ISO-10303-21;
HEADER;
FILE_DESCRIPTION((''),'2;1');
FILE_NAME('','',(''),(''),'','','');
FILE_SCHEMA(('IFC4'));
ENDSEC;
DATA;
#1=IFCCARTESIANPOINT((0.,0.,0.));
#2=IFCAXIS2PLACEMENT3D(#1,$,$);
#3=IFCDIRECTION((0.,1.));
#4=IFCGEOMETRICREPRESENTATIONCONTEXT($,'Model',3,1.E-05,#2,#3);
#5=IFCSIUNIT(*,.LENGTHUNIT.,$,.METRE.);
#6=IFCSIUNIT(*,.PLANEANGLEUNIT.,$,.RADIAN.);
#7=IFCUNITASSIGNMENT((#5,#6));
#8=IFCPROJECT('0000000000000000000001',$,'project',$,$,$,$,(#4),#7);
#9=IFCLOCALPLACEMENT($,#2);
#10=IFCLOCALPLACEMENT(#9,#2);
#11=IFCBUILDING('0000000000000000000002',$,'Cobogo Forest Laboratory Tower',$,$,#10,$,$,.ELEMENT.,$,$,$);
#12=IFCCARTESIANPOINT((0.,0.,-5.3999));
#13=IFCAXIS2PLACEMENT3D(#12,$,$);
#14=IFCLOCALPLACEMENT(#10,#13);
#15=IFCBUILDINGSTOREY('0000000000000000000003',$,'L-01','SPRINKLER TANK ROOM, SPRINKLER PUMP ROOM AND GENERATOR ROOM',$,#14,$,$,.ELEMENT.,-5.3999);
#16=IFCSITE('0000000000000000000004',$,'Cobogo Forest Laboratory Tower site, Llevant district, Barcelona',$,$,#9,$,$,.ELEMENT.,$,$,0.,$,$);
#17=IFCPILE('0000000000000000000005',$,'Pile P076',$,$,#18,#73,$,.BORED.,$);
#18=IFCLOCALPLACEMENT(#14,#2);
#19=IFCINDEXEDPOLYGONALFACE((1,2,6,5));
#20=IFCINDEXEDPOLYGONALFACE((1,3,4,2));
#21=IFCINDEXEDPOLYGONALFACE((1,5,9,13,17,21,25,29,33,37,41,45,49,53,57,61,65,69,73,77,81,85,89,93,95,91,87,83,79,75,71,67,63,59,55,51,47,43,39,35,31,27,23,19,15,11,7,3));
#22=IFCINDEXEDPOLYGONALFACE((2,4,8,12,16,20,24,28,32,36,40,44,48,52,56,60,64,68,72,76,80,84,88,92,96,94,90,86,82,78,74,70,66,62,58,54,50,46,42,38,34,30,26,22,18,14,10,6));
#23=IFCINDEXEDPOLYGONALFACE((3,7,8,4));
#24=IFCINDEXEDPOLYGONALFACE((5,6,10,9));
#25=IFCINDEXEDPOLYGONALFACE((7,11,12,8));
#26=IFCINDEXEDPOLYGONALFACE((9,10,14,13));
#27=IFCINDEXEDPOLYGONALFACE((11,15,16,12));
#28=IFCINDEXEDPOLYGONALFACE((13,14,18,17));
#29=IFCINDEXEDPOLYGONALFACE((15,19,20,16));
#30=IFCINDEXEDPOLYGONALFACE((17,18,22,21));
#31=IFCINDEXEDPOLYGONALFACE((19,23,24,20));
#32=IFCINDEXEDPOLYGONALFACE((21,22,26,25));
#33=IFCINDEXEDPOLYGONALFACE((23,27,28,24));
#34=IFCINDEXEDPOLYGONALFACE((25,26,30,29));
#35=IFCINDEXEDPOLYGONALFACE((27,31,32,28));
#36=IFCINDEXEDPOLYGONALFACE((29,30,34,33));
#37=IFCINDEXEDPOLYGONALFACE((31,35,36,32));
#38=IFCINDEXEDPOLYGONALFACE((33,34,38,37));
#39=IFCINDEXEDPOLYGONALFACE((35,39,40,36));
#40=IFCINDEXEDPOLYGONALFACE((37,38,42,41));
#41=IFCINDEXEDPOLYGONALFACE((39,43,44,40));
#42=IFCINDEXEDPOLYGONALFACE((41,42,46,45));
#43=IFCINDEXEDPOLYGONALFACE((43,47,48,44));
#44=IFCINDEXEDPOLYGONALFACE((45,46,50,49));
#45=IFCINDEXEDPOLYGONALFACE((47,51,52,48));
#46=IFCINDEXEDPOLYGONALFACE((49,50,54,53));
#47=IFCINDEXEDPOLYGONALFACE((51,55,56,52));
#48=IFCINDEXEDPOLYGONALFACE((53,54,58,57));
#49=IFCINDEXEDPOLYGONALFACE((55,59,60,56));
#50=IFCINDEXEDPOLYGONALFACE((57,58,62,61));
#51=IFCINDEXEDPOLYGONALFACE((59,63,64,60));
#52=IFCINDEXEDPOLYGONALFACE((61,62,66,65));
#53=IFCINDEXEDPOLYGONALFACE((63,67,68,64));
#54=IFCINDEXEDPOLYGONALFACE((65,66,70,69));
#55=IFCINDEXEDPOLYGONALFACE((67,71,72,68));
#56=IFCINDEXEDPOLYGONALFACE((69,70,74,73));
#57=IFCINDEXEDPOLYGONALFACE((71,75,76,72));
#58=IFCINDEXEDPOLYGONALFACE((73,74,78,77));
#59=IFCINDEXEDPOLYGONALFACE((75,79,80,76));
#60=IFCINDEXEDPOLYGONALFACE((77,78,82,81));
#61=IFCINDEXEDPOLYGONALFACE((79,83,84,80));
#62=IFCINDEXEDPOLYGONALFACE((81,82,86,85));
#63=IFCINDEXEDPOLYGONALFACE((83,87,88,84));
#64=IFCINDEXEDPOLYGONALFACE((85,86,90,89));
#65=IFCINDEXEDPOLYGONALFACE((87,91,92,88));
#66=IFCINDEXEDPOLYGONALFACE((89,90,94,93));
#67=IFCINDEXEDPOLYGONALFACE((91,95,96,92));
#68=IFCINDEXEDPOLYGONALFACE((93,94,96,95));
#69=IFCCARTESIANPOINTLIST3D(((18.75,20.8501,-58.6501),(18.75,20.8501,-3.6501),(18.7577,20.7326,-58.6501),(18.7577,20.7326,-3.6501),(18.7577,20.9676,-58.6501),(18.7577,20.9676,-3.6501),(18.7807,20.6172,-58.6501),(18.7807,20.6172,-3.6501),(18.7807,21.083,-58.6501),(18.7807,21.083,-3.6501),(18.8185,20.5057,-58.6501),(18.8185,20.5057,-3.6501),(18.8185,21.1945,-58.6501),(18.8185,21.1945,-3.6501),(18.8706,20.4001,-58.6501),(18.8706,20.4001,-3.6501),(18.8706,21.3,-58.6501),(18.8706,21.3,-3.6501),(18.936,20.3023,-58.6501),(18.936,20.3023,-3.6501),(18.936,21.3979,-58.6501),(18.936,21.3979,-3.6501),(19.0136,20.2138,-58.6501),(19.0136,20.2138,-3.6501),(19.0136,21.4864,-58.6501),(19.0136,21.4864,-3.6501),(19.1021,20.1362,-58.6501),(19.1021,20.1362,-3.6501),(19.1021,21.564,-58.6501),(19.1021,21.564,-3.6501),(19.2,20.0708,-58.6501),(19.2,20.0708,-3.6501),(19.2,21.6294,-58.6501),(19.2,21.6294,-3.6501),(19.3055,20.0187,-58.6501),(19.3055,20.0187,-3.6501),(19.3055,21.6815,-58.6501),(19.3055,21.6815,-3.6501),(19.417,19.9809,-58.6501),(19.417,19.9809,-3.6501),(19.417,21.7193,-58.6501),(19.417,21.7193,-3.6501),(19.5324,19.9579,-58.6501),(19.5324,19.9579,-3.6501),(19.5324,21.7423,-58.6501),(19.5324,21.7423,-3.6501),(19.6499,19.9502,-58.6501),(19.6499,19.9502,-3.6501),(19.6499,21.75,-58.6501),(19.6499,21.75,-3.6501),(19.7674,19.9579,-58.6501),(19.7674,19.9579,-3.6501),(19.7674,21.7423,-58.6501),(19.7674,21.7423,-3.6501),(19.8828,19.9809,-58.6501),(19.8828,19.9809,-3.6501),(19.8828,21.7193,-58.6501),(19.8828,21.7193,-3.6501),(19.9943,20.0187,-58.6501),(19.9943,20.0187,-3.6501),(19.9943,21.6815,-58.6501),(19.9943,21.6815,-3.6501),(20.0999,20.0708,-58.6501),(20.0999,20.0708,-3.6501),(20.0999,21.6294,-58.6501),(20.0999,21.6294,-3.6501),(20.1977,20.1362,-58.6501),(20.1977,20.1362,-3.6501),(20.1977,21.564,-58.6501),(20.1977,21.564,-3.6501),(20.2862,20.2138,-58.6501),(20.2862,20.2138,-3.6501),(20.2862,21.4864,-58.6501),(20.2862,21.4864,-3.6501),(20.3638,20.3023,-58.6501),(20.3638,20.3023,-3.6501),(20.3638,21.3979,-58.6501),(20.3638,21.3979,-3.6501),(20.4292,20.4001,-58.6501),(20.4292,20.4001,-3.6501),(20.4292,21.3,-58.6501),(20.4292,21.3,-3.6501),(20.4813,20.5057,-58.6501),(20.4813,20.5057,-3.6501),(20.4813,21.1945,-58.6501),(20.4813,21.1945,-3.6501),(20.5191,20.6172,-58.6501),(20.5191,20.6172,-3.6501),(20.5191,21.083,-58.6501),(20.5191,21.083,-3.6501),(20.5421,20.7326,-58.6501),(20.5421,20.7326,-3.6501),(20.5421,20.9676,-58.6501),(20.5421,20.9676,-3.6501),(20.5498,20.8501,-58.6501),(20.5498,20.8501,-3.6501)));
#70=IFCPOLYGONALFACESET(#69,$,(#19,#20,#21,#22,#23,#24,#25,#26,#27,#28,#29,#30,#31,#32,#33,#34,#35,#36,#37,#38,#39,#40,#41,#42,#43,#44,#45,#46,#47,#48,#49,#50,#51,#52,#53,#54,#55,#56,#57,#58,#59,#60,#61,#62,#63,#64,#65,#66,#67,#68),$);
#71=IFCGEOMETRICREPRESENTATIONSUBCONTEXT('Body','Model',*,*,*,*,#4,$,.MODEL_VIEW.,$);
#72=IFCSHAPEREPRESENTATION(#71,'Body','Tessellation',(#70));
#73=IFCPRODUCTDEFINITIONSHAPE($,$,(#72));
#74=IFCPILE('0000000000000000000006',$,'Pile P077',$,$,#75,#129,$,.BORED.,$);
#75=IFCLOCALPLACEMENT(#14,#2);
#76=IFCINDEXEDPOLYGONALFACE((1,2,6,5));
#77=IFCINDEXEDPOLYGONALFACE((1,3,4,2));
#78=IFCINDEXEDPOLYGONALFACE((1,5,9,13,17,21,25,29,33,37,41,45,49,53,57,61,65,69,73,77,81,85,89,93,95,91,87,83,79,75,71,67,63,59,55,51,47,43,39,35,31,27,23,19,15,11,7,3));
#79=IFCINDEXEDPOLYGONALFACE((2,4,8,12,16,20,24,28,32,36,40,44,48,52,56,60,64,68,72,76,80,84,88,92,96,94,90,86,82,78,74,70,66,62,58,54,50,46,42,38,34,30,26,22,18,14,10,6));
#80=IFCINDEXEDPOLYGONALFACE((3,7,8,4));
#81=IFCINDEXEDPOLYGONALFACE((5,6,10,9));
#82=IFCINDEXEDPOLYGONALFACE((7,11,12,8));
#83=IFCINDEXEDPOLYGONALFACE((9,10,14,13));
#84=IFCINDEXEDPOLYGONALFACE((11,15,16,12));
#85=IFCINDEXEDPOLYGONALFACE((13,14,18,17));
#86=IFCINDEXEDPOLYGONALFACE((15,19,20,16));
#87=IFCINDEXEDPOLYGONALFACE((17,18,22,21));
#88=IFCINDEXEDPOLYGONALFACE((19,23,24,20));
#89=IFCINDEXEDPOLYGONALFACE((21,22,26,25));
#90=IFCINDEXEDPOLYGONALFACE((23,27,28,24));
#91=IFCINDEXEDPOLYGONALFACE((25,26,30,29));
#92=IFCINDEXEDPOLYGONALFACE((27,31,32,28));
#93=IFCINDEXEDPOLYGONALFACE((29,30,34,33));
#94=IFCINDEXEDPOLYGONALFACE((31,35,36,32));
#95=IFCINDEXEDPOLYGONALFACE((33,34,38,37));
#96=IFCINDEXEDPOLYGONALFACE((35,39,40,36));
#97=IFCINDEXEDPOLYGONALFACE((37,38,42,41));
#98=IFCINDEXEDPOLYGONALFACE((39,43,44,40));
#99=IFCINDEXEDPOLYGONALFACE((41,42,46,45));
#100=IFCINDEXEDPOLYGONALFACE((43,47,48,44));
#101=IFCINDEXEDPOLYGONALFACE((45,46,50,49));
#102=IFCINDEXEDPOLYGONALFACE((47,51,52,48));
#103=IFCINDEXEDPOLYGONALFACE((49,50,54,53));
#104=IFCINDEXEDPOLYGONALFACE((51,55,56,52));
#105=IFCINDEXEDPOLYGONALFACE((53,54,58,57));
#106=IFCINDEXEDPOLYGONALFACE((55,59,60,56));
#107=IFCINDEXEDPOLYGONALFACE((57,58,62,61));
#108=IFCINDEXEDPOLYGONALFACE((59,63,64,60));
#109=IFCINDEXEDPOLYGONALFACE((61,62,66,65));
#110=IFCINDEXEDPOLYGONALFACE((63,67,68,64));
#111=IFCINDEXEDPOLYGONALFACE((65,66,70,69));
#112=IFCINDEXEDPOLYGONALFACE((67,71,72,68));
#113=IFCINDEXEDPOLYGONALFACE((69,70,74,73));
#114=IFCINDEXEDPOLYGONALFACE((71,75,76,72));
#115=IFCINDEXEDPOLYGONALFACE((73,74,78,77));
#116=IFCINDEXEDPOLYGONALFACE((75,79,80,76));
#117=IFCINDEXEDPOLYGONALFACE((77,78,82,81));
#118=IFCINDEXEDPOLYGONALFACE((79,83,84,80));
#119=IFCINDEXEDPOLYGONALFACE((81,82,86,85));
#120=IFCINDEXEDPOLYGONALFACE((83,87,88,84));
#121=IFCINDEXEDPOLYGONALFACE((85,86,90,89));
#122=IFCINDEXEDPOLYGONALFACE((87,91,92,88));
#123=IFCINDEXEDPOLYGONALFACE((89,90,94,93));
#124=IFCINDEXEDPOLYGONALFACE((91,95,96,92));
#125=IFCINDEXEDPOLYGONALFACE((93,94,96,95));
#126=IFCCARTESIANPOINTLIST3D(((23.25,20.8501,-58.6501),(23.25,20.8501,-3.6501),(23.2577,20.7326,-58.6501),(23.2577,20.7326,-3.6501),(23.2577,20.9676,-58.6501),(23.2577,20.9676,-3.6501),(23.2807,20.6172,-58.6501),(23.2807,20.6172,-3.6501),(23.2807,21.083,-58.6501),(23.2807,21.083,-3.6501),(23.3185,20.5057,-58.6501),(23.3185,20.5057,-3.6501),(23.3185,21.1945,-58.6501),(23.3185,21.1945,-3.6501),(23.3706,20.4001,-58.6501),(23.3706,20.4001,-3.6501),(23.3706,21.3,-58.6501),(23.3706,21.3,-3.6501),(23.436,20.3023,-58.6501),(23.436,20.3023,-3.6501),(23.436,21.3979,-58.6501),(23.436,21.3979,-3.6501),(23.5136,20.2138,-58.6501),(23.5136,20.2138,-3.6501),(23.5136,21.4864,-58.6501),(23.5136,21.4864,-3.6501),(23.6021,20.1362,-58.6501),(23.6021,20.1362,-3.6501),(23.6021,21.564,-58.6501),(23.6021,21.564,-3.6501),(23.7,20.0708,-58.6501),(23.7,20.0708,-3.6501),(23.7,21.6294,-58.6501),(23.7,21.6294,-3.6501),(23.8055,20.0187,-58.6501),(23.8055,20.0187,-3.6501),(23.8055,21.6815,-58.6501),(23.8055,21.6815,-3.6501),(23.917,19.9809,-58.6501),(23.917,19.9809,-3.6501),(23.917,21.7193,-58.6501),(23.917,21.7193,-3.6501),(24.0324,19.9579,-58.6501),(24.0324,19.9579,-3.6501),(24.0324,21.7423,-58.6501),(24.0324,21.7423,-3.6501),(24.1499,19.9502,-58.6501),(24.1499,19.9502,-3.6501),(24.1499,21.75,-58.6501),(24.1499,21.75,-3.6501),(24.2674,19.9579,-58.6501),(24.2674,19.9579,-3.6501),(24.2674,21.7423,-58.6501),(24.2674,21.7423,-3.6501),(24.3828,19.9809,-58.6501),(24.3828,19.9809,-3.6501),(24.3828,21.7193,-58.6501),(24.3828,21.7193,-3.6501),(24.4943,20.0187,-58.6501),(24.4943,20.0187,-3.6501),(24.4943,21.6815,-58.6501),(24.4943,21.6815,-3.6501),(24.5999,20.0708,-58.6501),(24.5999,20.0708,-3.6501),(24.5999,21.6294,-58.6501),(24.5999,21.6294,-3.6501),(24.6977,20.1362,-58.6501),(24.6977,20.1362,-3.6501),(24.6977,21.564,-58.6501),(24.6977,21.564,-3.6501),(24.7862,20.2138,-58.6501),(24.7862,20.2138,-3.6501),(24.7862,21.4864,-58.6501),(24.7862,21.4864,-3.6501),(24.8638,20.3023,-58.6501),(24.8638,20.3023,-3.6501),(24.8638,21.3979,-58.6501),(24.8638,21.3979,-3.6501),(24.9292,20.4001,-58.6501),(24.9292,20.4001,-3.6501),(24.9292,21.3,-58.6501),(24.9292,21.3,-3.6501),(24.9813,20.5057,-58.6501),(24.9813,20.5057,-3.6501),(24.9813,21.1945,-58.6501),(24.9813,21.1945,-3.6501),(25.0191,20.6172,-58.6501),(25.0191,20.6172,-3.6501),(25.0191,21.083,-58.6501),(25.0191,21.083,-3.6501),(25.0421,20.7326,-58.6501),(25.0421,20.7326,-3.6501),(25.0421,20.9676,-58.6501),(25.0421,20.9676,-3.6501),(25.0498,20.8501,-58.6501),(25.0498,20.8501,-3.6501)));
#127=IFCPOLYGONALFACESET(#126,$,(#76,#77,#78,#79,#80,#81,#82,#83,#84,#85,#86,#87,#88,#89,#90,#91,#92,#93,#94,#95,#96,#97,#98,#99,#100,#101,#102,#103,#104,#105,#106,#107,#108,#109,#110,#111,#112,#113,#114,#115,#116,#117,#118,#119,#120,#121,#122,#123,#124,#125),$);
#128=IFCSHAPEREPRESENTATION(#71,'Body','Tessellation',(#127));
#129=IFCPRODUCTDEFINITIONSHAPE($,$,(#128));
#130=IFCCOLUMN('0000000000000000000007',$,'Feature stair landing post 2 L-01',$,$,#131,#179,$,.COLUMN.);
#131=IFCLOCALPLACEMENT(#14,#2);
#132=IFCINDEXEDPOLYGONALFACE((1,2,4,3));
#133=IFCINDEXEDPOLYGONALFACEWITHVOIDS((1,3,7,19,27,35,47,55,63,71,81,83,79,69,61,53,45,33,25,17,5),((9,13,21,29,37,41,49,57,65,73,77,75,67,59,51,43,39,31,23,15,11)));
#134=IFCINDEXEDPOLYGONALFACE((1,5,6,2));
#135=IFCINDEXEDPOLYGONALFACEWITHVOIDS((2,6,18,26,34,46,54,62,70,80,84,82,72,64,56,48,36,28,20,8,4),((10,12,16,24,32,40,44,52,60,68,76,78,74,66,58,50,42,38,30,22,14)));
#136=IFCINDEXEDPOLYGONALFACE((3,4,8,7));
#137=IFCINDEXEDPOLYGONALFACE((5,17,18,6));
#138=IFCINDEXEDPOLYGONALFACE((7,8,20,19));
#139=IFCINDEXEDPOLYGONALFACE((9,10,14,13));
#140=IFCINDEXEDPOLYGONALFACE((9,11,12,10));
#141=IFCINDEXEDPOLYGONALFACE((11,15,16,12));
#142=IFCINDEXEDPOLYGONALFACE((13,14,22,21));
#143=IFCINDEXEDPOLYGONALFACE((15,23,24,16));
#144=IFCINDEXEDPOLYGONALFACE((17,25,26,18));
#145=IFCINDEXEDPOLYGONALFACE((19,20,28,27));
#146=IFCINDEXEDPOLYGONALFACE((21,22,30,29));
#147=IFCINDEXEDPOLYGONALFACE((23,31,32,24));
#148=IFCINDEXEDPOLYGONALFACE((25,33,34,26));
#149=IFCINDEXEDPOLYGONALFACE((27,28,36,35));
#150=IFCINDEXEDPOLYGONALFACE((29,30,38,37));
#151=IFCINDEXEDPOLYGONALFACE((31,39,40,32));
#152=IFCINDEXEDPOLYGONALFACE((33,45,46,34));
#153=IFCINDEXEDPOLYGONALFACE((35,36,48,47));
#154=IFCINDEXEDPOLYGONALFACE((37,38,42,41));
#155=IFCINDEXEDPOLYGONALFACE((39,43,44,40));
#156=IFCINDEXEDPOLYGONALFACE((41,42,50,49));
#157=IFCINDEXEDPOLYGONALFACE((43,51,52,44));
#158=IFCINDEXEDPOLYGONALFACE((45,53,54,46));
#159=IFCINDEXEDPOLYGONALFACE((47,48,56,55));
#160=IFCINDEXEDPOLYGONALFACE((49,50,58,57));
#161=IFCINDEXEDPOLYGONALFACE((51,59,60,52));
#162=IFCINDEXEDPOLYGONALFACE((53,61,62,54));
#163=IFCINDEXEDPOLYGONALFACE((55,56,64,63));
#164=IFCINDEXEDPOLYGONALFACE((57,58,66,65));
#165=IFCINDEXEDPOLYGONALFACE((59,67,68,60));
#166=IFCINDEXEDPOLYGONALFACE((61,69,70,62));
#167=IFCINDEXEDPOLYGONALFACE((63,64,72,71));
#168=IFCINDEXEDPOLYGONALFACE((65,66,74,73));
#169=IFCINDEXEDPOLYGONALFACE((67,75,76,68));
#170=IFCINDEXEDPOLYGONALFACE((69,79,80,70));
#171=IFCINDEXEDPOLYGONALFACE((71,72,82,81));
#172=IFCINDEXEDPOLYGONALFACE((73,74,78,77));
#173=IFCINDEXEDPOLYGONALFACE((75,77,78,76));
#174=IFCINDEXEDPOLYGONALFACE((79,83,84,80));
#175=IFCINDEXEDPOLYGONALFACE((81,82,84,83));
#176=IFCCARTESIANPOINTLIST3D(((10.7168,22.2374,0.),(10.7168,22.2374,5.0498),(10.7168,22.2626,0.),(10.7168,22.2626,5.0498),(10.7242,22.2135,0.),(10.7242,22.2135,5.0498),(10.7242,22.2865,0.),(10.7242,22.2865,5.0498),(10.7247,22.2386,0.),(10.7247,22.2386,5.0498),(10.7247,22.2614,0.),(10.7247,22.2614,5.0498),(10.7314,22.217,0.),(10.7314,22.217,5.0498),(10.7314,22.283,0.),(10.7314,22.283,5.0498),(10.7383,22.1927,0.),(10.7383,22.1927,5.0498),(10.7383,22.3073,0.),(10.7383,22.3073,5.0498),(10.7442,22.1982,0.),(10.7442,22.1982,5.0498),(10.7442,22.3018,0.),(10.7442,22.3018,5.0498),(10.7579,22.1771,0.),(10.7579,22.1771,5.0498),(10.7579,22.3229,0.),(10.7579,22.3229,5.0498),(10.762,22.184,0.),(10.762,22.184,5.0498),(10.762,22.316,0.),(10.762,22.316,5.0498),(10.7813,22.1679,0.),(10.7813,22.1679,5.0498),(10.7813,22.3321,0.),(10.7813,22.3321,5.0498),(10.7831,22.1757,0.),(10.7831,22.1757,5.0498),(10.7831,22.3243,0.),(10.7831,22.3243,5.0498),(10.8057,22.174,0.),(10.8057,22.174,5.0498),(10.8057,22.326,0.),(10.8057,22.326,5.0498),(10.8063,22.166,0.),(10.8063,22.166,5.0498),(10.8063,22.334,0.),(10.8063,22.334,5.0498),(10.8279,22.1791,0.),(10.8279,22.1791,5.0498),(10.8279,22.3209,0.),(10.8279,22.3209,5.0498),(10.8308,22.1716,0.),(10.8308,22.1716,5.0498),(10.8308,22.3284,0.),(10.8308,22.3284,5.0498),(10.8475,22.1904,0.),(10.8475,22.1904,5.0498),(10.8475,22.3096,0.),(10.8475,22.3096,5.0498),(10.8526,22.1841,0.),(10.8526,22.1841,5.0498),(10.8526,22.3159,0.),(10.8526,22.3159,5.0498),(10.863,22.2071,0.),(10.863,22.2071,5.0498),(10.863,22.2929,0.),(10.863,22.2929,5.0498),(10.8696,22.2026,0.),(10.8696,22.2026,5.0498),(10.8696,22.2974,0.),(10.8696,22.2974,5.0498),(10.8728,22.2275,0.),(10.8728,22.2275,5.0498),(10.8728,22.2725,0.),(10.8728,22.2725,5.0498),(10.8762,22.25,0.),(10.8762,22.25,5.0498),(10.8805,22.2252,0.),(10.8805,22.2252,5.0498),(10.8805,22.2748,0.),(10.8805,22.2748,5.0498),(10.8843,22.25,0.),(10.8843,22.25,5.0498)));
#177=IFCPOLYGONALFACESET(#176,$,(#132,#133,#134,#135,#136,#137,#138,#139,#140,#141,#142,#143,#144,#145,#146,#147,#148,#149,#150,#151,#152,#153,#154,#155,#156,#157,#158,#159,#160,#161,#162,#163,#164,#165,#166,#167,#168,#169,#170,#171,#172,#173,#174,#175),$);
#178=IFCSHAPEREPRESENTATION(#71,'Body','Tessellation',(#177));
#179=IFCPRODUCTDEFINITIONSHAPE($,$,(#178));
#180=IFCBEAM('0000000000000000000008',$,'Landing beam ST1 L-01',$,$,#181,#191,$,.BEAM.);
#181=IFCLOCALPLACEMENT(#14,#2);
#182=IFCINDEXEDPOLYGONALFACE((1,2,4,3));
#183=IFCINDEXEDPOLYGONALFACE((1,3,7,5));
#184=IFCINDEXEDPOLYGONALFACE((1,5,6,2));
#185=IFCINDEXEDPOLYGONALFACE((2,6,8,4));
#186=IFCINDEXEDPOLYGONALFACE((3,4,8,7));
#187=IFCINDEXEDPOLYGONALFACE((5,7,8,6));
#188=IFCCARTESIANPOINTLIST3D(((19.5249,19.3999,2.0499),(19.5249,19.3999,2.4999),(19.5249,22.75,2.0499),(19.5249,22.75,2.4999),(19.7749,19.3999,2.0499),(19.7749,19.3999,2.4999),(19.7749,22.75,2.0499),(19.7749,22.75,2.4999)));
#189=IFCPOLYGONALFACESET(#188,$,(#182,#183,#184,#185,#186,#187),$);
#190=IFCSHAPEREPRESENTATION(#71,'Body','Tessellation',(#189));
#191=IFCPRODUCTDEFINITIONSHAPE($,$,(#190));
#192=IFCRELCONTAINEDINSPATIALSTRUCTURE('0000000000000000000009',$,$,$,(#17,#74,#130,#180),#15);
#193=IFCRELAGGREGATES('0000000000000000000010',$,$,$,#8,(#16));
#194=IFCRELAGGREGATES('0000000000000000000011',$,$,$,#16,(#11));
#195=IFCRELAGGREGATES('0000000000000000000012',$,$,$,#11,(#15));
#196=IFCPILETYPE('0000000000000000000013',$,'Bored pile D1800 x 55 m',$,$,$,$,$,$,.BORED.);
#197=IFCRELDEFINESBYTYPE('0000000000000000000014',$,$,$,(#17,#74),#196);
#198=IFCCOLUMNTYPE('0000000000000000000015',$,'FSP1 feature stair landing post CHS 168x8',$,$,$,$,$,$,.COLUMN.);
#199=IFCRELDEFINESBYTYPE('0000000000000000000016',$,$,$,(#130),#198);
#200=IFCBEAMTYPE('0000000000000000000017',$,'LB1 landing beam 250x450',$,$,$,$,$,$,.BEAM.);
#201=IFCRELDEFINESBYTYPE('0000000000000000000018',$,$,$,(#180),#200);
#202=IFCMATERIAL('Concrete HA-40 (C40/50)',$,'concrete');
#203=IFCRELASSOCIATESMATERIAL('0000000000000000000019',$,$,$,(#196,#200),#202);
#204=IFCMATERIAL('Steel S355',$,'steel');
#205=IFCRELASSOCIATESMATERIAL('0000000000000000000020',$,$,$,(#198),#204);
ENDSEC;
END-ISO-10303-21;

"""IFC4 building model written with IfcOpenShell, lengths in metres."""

from ifc_helpers import new_model, si_unit, direction, frame, origin, origin_2d, place, context, subcontext, project, spatial, rectangle, circle, hollow_circle, extrude, material, material_profile, profile_set, type_object, element, save


model = new_model("IFC4")

# Units and contexts
model_context = context("Model", 3, precision=1e-05, world=origin(), true_north=direction((0.0, 1.0)))
body_context = subcontext(model_context, "Body", "Model", "MODEL_VIEW")
ifc_project = project(units=[si_unit("LENGTHUNIT", "METRE"), si_unit("PLANEANGLEUNIT", "RADIAN")], contexts=[model_context])

# Site, building, storey
site_placement = place(None, origin())
site = spatial("IfcSite", under=ifc_project, at=site_placement, Name="Cobogo Forest Laboratory Tower site, Llevant district, Barcelona", CompositionType="ELEMENT", RefElevation=0.0)
building_placement = place(site_placement, origin())
building = spatial("IfcBuilding", under=site, at=building_placement, Name="Cobogo Forest Laboratory Tower", CompositionType="ELEMENT")
storey_placement = place(building_placement, frame((0.0, 0.0, -5.3999)))
storey = spatial("IfcBuildingStorey", under=building, at=storey_placement, Name="L-01", Description="SPRINKLER TANK ROOM, SPRINKLER PUMP ROOM AND GENERATOR ROOM", CompositionType="ELEMENT", Elevation=-5.3999)

# Piles
ifc_material_1 = material(Name="Concrete HA-40 (C40/50)", Category="concrete")
ifc_material_profile_1 = material_profile(ifc_material_1, circle(Radius=0.8999, at=origin_2d()), Name="PILE D1800")
ifc_profile_set_1 = profile_set([ifc_material_profile_1], Name="Concrete HA-40 (C40/50)")
pile_type = type_object("IfcPileType", Name="Bored pile D1800 x 55 m", PredefinedType="BORED", material=ifc_profile_set_1)
for number, where, z_axis, x_axis, name in (
    (1, (19.6499, 20.8501, -3.6501), (0.0, 0.0, -1.0), (1.0, 0.0, 0.0), "Pile P076"),
    (2, (24.1499, 20.8501, -3.6501), (0.0, 0.0, -1.0), (1.0, 0.0, 0.0), "Pile P077"),
):
    element("IfcPile", number, at=place(storey_placement, frame(where, z_axis=z_axis, x_axis=x_axis)), inside=storey, type_object=pile_type, Name=name, PredefinedType="BORED", context=body_context, shape_type="SweptSolid", body=[
        extrude(circle(Radius=0.8999, at=origin_2d()), origin(), (0.0, 0.0, 1.0), 55.0),
    ])

# Column
ifc_material_2 = material(Name="Steel S355", Category="steel")
ifc_material_profile_2 = material_profile(ifc_material_2, hollow_circle(Radius=0.0842, WallThickness=0.0081, at=origin_2d()), Name="CHS 168.3x8")
ifc_profile_set_2 = profile_set([ifc_material_profile_2], Name="Steel S355")
column_type = type_object("IfcColumnType", Name="FSP1 feature stair landing post CHS 168x8", PredefinedType="COLUMN", material=ifc_profile_set_2)
column_placement = place(storey_placement, frame((10.8, 22.25, 0.0), z_axis=(0.0, 0.0, 1.0), x_axis=(1.0, 0.0, 0.0)))
element("IfcColumn", 3, at=column_placement, inside=storey, type_object=column_type, Name="Feature stair landing post 2 L-01", PredefinedType="COLUMN", context=body_context, shape_type="SweptSolid", body=[
    extrude(hollow_circle(Radius=0.0842, WallThickness=0.0081, at=origin_2d()), origin(), (0.0, 0.0, 1.0), 5.0498),
])

# Beam
ifc_material_profile_3 = material_profile(ifc_material_1, rectangle(XDim=0.25, YDim=0.45, at=origin_2d()), Name="RC 250x450")
ifc_profile_set_3 = profile_set([ifc_material_profile_3], Name="Concrete HA-40 (C40/50)")
beam_type = type_object("IfcBeamType", Name="LB1 landing beam 250x450", PredefinedType="BEAM", material=ifc_profile_set_3)
beam_placement = place(storey_placement, frame((19.6499, 19.3999, 2.2749), z_axis=(0.0, 1.0, 0.0), x_axis=(-1.0, 0.0, 0.0)))
element("IfcBeam", 4, at=beam_placement, inside=storey, type_object=beam_type, Name="Landing beam ST1 L-01", PredefinedType="BEAM", context=body_context, shape_type="SweptSolid", body=[
    extrude(rectangle(XDim=0.25, YDim=0.45, at=origin_2d()), origin(), (0.0, 0.0, 1.0), 3.3501),
])

save(model, "model.ifc")
